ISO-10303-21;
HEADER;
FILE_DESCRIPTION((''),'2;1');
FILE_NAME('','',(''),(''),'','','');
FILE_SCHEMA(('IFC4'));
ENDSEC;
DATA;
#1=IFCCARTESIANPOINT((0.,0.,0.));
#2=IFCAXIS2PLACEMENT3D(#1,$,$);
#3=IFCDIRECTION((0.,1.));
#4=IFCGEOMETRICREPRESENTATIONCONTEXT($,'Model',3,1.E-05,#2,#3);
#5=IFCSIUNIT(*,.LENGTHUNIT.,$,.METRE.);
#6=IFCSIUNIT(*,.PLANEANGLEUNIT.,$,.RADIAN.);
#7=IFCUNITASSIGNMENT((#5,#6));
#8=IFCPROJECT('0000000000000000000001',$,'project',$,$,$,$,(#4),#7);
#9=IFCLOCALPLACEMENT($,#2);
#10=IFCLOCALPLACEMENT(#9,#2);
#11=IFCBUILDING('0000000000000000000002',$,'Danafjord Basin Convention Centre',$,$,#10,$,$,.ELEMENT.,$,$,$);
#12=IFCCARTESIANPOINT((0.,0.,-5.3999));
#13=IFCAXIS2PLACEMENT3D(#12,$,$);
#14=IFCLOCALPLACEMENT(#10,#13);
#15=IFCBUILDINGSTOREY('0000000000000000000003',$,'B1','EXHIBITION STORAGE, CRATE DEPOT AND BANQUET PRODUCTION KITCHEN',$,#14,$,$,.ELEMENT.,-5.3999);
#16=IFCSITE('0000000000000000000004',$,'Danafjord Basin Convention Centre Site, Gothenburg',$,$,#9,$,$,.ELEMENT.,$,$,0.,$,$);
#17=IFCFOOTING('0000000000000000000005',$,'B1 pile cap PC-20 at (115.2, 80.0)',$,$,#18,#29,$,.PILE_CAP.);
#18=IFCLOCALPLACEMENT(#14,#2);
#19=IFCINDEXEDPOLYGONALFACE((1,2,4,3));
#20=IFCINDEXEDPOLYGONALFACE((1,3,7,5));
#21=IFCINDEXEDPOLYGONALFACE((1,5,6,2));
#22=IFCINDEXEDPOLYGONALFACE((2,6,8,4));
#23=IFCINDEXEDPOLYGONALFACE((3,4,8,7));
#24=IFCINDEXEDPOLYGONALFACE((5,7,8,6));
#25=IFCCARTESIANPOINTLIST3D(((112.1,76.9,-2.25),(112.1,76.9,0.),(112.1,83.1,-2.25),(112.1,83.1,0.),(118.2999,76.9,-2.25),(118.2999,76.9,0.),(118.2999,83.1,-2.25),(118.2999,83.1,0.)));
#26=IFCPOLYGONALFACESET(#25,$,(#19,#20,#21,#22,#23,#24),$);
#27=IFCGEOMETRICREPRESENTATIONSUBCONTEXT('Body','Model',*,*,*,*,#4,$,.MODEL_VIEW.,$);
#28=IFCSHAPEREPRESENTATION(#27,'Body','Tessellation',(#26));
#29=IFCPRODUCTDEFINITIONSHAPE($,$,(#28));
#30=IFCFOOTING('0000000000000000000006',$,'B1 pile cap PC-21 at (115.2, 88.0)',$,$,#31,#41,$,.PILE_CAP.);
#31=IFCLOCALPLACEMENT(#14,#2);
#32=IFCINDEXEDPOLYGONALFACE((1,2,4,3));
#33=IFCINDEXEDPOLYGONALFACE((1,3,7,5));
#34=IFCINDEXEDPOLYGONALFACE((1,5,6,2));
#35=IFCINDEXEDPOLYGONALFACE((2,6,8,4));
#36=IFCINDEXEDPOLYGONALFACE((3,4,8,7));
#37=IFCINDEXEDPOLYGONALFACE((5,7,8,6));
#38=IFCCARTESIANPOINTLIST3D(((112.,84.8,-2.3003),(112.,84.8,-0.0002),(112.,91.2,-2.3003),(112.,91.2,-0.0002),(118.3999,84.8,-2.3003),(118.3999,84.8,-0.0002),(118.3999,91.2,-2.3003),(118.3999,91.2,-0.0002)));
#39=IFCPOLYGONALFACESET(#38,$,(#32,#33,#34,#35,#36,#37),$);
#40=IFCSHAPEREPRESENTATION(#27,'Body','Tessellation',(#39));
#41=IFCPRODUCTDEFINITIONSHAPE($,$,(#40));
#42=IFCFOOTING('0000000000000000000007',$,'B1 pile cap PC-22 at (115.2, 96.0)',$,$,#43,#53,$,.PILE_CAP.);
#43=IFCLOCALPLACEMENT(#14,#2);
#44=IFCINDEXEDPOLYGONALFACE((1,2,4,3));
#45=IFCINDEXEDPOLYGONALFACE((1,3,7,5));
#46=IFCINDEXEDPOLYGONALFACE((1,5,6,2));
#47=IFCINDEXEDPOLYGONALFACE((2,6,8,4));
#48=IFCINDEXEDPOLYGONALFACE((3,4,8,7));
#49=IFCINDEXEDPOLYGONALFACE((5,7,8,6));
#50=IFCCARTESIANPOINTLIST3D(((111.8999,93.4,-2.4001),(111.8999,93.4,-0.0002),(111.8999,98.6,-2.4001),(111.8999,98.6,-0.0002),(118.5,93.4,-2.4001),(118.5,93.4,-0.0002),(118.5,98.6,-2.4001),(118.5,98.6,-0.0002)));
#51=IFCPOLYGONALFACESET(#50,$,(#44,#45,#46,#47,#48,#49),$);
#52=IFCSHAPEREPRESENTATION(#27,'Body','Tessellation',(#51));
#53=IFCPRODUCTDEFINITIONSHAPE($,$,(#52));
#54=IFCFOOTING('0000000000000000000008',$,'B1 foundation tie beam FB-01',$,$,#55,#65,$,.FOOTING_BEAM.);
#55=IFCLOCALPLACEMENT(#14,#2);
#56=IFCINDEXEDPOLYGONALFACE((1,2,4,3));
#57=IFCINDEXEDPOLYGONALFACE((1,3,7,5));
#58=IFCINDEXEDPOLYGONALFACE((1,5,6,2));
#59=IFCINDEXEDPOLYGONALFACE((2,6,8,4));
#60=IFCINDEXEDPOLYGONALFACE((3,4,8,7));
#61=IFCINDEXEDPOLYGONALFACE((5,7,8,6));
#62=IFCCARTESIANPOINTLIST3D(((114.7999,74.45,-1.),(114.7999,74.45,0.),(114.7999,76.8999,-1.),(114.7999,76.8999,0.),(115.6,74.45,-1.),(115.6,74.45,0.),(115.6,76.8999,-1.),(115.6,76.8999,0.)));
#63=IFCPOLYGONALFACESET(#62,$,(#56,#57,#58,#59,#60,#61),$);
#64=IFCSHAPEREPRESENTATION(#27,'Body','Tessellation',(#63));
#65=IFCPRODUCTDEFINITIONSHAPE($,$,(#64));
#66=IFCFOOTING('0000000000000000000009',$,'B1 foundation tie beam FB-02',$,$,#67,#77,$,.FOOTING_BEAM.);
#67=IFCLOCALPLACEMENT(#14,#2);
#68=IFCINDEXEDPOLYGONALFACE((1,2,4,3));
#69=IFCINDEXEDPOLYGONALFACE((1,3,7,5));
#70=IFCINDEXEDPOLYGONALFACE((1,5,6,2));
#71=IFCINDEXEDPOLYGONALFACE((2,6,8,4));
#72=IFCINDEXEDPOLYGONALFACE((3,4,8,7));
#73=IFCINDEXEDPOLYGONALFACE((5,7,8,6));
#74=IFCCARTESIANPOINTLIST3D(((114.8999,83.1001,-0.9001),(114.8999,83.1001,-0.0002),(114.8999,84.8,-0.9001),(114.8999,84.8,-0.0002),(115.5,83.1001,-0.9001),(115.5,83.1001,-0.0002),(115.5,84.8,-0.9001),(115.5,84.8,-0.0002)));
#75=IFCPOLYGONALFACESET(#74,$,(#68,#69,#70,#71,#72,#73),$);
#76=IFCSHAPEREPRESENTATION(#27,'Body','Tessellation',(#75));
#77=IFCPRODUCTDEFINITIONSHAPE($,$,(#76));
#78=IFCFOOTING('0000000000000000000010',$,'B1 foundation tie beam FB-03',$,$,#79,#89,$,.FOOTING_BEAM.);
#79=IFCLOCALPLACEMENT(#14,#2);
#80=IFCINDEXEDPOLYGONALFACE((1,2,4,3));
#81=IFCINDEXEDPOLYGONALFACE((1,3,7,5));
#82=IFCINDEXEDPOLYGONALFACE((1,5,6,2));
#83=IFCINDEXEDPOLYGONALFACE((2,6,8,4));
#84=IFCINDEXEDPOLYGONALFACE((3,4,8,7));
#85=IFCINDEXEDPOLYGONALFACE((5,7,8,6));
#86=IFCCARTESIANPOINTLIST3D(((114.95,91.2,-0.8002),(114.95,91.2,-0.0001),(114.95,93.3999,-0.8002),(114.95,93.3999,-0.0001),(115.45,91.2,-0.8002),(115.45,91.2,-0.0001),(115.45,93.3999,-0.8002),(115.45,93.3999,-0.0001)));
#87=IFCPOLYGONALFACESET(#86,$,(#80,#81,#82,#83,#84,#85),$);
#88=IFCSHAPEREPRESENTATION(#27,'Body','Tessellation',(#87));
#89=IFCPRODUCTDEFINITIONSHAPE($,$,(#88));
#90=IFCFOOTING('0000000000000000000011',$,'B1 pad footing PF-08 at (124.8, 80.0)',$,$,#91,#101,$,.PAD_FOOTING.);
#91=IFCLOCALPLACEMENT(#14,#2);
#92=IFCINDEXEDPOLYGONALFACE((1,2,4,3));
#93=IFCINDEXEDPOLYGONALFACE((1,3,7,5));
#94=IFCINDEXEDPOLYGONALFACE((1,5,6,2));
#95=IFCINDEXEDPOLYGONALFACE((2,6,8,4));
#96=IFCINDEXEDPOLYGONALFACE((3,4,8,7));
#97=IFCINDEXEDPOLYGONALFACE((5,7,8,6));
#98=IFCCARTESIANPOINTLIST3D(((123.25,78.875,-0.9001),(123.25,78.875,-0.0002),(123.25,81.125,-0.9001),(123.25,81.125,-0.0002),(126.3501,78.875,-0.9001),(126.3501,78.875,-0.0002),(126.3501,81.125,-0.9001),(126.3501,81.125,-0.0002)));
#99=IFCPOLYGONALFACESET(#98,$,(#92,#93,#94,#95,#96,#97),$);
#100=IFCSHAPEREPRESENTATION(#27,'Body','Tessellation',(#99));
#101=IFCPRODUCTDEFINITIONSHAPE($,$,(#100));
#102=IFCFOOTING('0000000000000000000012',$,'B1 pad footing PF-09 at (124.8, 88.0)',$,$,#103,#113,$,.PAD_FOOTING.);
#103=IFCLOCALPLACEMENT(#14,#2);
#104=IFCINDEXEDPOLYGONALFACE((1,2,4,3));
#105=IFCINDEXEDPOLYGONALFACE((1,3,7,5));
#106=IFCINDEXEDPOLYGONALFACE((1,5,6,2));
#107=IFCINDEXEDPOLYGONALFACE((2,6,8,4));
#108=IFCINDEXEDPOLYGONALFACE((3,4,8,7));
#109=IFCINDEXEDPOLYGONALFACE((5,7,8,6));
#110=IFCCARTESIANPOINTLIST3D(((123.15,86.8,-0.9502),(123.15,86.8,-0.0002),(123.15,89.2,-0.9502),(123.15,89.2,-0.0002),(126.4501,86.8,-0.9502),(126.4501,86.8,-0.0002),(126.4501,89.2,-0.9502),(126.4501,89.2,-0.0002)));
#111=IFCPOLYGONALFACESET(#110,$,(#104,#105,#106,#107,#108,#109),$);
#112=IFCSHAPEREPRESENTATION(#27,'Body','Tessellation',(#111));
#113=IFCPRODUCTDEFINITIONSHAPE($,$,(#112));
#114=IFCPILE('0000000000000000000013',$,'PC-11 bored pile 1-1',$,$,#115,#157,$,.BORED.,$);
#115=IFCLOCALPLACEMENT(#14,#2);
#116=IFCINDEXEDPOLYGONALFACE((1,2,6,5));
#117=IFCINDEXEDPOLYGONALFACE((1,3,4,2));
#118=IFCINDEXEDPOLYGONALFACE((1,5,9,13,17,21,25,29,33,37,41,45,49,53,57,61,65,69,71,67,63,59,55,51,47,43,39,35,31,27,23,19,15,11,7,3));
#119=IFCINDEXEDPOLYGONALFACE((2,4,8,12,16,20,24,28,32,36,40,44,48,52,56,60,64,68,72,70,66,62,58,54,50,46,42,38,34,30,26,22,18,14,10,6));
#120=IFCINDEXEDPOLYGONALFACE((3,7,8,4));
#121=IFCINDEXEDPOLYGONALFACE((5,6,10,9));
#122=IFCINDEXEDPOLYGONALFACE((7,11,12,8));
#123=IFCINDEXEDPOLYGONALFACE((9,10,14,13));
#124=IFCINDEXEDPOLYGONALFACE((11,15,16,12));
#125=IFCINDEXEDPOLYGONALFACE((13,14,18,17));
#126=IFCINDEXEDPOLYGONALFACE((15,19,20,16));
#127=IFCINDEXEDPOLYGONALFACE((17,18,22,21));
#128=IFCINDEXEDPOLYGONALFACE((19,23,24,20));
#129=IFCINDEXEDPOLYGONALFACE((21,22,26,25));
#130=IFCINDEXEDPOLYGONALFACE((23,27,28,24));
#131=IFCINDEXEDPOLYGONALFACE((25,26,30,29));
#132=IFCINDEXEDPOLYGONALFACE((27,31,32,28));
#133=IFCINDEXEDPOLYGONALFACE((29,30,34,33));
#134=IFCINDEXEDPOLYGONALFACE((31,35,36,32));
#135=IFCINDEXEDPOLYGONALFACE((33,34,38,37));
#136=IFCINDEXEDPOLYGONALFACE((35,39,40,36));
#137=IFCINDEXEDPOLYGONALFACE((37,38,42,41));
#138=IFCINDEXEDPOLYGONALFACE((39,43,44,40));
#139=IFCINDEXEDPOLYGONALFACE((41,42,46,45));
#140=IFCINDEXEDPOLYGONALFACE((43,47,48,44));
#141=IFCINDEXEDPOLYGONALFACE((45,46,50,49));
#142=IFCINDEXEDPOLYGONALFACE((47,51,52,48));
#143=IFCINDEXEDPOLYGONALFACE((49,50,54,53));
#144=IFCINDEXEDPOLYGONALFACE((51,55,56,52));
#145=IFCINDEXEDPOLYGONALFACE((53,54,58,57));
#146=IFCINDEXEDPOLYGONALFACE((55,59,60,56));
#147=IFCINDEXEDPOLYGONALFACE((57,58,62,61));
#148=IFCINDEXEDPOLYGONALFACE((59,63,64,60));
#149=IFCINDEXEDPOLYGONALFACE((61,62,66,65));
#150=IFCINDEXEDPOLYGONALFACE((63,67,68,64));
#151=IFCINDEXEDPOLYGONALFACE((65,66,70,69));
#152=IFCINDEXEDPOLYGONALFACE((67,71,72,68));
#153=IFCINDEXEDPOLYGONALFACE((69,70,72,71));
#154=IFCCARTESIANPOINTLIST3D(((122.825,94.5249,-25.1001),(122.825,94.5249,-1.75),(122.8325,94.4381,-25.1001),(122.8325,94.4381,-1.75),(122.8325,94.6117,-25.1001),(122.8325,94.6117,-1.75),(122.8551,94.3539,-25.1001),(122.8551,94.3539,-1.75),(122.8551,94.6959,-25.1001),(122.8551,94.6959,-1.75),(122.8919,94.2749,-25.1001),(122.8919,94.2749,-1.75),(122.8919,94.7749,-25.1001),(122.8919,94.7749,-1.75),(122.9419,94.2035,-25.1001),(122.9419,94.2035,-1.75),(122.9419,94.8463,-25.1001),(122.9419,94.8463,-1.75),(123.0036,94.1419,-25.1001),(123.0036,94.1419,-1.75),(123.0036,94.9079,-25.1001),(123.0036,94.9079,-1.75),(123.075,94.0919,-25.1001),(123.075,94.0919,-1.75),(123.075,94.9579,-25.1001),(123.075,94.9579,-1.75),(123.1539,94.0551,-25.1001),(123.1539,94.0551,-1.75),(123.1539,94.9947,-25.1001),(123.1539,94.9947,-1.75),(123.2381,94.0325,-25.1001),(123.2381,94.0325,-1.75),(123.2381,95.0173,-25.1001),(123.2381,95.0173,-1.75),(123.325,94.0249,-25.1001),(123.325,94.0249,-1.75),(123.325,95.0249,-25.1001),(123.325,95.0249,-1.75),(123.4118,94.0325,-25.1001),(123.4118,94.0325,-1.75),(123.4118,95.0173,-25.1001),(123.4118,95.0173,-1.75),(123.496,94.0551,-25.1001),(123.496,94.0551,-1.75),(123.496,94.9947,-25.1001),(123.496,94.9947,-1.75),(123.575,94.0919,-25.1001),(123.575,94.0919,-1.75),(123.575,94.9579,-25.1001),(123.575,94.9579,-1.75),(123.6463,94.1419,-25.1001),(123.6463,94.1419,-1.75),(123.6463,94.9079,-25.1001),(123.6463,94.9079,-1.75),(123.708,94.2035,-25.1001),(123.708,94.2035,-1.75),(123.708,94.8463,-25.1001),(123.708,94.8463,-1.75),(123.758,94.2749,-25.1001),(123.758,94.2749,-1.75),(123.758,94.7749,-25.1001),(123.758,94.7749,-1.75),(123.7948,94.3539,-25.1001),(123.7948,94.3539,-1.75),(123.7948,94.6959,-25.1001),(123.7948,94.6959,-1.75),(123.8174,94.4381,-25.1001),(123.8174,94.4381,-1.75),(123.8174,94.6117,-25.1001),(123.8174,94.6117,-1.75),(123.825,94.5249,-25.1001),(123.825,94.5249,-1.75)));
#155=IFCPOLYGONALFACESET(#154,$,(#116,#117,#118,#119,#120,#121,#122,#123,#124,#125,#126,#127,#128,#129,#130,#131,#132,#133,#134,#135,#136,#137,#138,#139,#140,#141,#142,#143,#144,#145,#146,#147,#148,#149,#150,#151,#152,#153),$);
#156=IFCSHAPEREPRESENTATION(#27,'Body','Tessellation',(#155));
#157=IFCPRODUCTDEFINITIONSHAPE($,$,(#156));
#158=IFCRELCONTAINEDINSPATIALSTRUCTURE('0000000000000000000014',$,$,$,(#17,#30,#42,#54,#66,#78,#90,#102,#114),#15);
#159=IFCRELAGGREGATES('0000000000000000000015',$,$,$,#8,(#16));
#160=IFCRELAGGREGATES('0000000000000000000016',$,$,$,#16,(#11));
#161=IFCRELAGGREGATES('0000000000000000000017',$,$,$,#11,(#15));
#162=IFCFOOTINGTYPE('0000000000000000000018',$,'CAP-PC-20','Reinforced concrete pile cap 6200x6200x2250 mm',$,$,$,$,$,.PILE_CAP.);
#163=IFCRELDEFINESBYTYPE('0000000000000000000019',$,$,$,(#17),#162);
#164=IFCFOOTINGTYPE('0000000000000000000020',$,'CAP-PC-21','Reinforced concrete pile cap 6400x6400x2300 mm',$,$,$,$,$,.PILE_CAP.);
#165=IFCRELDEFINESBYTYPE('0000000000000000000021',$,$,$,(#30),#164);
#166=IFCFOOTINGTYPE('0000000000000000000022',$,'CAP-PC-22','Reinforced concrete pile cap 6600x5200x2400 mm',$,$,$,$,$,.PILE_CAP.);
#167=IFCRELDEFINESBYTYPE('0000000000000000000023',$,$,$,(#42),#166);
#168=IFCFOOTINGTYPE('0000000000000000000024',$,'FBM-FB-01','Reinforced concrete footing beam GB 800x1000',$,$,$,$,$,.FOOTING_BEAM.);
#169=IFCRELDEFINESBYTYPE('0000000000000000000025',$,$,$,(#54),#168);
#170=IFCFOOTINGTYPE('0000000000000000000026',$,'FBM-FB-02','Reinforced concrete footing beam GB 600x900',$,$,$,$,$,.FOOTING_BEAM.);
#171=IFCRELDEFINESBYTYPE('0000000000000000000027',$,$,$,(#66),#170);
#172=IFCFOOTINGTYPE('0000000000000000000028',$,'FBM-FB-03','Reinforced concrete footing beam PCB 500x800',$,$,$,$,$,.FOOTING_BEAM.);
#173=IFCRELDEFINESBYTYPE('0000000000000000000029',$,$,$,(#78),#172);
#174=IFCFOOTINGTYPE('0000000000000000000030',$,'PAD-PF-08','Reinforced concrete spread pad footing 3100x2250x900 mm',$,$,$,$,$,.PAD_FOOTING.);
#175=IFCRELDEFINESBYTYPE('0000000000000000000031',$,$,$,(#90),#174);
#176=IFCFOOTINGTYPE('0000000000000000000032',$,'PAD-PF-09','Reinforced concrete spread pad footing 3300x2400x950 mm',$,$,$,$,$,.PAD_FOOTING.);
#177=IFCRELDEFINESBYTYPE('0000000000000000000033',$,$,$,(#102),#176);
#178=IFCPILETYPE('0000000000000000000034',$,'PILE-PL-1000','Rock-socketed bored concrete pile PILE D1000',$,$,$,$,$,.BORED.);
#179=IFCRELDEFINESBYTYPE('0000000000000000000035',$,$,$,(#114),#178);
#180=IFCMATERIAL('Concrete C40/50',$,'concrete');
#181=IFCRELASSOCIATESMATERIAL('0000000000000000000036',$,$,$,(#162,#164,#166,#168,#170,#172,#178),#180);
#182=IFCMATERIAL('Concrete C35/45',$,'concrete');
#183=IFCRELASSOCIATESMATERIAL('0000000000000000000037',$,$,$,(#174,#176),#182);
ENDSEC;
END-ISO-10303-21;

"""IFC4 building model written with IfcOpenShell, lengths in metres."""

from ifc_helpers import new_model, si_unit, direction, frame, origin, origin_2d, place, context, subcontext, project, spatial, rectangle, circle, extrude, material, material_profile, profile_set, type_object, element, save


model = new_model("IFC4")

# Units and contexts
model_context = context("Model", 3, precision=1e-05, world=origin(), true_north=direction((0.0, 1.0)))
body_context = subcontext(model_context, "Body", "Model", "MODEL_VIEW")
ifc_project = project(units=[si_unit("LENGTHUNIT", "METRE"), si_unit("PLANEANGLEUNIT", "RADIAN")], contexts=[model_context])

# Site, building, storey
site_placement = place(None, origin())
site = spatial("IfcSite", under=ifc_project, at=site_placement, Name="Danafjord Basin Convention Centre Site, Gothenburg", CompositionType="ELEMENT", RefElevation=0.0)
building_placement = place(site_placement, origin())
building = spatial("IfcBuilding", under=site, at=building_placement, Name="Danafjord Basin Convention Centre", CompositionType="ELEMENT")
storey_placement = place(building_placement, frame((0.0, 0.0, -5.3999)))
storey = spatial("IfcBuildingStorey", under=building, at=storey_placement, Name="B1", Description="EXHIBITION STORAGE, CRATE DEPOT AND BANQUET PRODUCTION KITCHEN", CompositionType="ELEMENT", Elevation=-5.3999)

# Footings
ifc_material_1 = material(Name="Concrete C40/50", Category="concrete")
footing_type_1 = type_object("IfcFootingType", Name="CAP-PC-20", Description="Reinforced concrete pile cap 6200x6200x2250 mm", PredefinedType="PILE_CAP", material=ifc_material_1)
footing_1_placement = place(storey_placement, frame((115.2, 80.0, -2.25), z_axis=(0.0, 0.0, 1.0), x_axis=(1.0, 0.0, 0.0)))
element("IfcFooting", 1, at=footing_1_placement, inside=storey, type_object=footing_type_1, Name="B1 pile cap PC-20 at (115.2, 80.0)", PredefinedType="PILE_CAP", context=body_context, shape_type="SweptSolid", body=[
    extrude(rectangle(XDim=6.2, YDim=6.2, at=origin_2d()), origin(), (0.0, 0.0, 1.0), 2.25),
])
footing_type_2 = type_object("IfcFootingType", Name="CAP-PC-21", Description="Reinforced concrete pile cap 6400x6400x2300 mm", PredefinedType="PILE_CAP", material=ifc_material_1)
footing_2_placement = place(storey_placement, frame((115.2, 88.0, -2.3003), z_axis=(0.0, 0.0, 1.0), x_axis=(1.0, 0.0, 0.0)))
element("IfcFooting", 2, at=footing_2_placement, inside=storey, type_object=footing_type_2, Name="B1 pile cap PC-21 at (115.2, 88.0)", PredefinedType="PILE_CAP", context=body_context, shape_type="SweptSolid", body=[
    extrude(rectangle(XDim=6.3999, YDim=6.3999, at=origin_2d()), origin(), (0.0, 0.0, 1.0), 2.3),
])
footing_type_3 = type_object("IfcFootingType", Name="CAP-PC-22", Description="Reinforced concrete pile cap 6600x5200x2400 mm", PredefinedType="PILE_CAP", material=ifc_material_1)
footing_3_placement = place(storey_placement, frame((115.2, 96.0, -2.4001), z_axis=(0.0, 0.0, 1.0), x_axis=(1.0, 0.0, 0.0)))
element("IfcFooting", 3, at=footing_3_placement, inside=storey, type_object=footing_type_3, Name="B1 pile cap PC-22 at (115.2, 96.0)", PredefinedType="PILE_CAP", context=body_context, shape_type="SweptSolid", body=[
    extrude(rectangle(XDim=6.6001, YDim=5.2, at=origin_2d()), origin(), (0.0, 0.0, 1.0), 2.3999),
])
ifc_material_profile_1 = material_profile(ifc_material_1, rectangle(XDim=0.8, YDim=1.0, at=origin_2d()), Name="GB 800x1000")
ifc_profile_set_1 = profile_set([ifc_material_profile_1], Name="Concrete C40/50")
footing_type_4 = type_object("IfcFootingType", Name="FBM-FB-01", Description="Reinforced concrete footing beam GB 800x1000", PredefinedType="FOOTING_BEAM", material=ifc_profile_set_1)
footing_4_placement = place(storey_placement, frame((115.2, 74.45, -0.5), z_axis=(0.0, 1.0, 0.0), x_axis=(-1.0, 0.0, 0.0)))
element("IfcFooting", 4, at=footing_4_placement, inside=storey, type_object=footing_type_4, Name="B1 foundation tie beam FB-01", PredefinedType="FOOTING_BEAM", context=body_context, shape_type="SweptSolid", body=[
    extrude(rectangle(XDim=0.8, YDim=1.0, at=origin_2d()), origin(), (0.0, 0.0, 1.0), 2.45),
])
ifc_material_profile_2 = material_profile(ifc_material_1, rectangle(XDim=0.6001, YDim=0.8999, at=origin_2d()), Name="GB 600x900")
ifc_profile_set_2 = profile_set([ifc_material_profile_2], Name="Concrete C40/50")
footing_type_5 = type_object("IfcFootingType", Name="FBM-FB-02", Description="Reinforced concrete footing beam GB 600x900", PredefinedType="FOOTING_BEAM", material=ifc_profile_set_2)
footing_5_placement = place(storey_placement, frame((115.2, 83.1001, -0.4502), z_axis=(0.0, 1.0, 0.0), x_axis=(-1.0, 0.0, 0.0)))
element("IfcFooting", 5, at=footing_5_placement, inside=storey, type_object=footing_type_5, Name="B1 foundation tie beam FB-02", PredefinedType="FOOTING_BEAM", context=body_context, shape_type="SweptSolid", body=[
    extrude(rectangle(XDim=0.6001, YDim=0.8999, at=origin_2d()), origin(), (0.0, 0.0, 1.0), 1.7),
])
ifc_material_profile_3 = material_profile(ifc_material_1, rectangle(XDim=0.5, YDim=0.8, at=origin_2d()), Name="PCB 500x800")
ifc_profile_set_3 = profile_set([ifc_material_profile_3], Name="Concrete C40/50")
footing_type_6 = type_object("IfcFootingType", Name="FBM-FB-03", Description="Reinforced concrete footing beam PCB 500x800", PredefinedType="FOOTING_BEAM", material=ifc_profile_set_3)
footing_6_placement = place(storey_placement, frame((115.2, 91.2, -0.4001), z_axis=(0.0, 1.0, 0.0), x_axis=(-1.0, 0.0, 0.0)))
element("IfcFooting", 6, at=footing_6_placement, inside=storey, type_object=footing_type_6, Name="B1 foundation tie beam FB-03", PredefinedType="FOOTING_BEAM", context=body_context, shape_type="SweptSolid", body=[
    extrude(rectangle(XDim=0.5, YDim=0.8, at=origin_2d()), origin(), (0.0, 0.0, 1.0), 2.2),
])
ifc_material_2 = material(Name="Concrete C35/45", Category="concrete")
footing_type_7 = type_object("IfcFootingType", Name="PAD-PF-08", Description="Reinforced concrete spread pad footing 3100x2250x900 mm", PredefinedType="PAD_FOOTING", material=ifc_material_2)
footing_7_placement = place(storey_placement, frame((124.8, 80.0, -0.9001), z_axis=(0.0, 0.0, 1.0), x_axis=(1.0, 0.0, 0.0)))
element("IfcFooting", 7, at=footing_7_placement, inside=storey, type_object=footing_type_7, Name="B1 pad footing PF-08 at (124.8, 80.0)", PredefinedType="PAD_FOOTING", context=body_context, shape_type="SweptSolid", body=[
    extrude(rectangle(XDim=3.1001, YDim=2.25, at=origin_2d()), origin(), (0.0, 0.0, 1.0), 0.8999),
])
footing_type_8 = type_object("IfcFootingType", Name="PAD-PF-09", Description="Reinforced concrete spread pad footing 3300x2400x950 mm", PredefinedType="PAD_FOOTING", material=ifc_material_2)
footing_8_placement = place(storey_placement, frame((124.8, 88.0, -0.9502), z_axis=(0.0, 0.0, 1.0), x_axis=(1.0, 0.0, 0.0)))
element("IfcFooting", 8, at=footing_8_placement, inside=storey, type_object=footing_type_8, Name="B1 pad footing PF-09 at (124.8, 88.0)", PredefinedType="PAD_FOOTING", context=body_context, shape_type="SweptSolid", body=[
    extrude(rectangle(XDim=3.3, YDim=2.3999, at=origin_2d()), origin(), (0.0, 0.0, 1.0), 0.95),
])

# Pile
ifc_material_profile_4 = material_profile(ifc_material_1, circle(Radius=0.5, at=origin_2d()), Name="PILE D1000")
ifc_profile_set_4 = profile_set([ifc_material_profile_4], Name="Concrete C40/50")
pile_type_1 = type_object("IfcPileType", Name="PILE-PL-1000", Description="Rock-socketed bored concrete pile PILE D1000", PredefinedType="BORED", material=ifc_profile_set_4)
for number, where, z_axis, x_axis, name in (
    (9, (123.325, 94.5249, -1.75), (0.0, 0.0, -1.0), (1.0, 0.0, 0.0), "PC-11 bored pile 1-1"),
):
    element("IfcPile", number, at=place(storey_placement, frame(where, z_axis=z_axis, x_axis=x_axis)), inside=storey, type_object=pile_type_1, Name=name, PredefinedType="BORED", context=body_context, shape_type="SweptSolid", body=[
        extrude(circle(Radius=0.5, at=origin_2d()), origin(), (0.0, 0.0, 1.0), 23.3501),
    ])

save(model, "model.ifc")
